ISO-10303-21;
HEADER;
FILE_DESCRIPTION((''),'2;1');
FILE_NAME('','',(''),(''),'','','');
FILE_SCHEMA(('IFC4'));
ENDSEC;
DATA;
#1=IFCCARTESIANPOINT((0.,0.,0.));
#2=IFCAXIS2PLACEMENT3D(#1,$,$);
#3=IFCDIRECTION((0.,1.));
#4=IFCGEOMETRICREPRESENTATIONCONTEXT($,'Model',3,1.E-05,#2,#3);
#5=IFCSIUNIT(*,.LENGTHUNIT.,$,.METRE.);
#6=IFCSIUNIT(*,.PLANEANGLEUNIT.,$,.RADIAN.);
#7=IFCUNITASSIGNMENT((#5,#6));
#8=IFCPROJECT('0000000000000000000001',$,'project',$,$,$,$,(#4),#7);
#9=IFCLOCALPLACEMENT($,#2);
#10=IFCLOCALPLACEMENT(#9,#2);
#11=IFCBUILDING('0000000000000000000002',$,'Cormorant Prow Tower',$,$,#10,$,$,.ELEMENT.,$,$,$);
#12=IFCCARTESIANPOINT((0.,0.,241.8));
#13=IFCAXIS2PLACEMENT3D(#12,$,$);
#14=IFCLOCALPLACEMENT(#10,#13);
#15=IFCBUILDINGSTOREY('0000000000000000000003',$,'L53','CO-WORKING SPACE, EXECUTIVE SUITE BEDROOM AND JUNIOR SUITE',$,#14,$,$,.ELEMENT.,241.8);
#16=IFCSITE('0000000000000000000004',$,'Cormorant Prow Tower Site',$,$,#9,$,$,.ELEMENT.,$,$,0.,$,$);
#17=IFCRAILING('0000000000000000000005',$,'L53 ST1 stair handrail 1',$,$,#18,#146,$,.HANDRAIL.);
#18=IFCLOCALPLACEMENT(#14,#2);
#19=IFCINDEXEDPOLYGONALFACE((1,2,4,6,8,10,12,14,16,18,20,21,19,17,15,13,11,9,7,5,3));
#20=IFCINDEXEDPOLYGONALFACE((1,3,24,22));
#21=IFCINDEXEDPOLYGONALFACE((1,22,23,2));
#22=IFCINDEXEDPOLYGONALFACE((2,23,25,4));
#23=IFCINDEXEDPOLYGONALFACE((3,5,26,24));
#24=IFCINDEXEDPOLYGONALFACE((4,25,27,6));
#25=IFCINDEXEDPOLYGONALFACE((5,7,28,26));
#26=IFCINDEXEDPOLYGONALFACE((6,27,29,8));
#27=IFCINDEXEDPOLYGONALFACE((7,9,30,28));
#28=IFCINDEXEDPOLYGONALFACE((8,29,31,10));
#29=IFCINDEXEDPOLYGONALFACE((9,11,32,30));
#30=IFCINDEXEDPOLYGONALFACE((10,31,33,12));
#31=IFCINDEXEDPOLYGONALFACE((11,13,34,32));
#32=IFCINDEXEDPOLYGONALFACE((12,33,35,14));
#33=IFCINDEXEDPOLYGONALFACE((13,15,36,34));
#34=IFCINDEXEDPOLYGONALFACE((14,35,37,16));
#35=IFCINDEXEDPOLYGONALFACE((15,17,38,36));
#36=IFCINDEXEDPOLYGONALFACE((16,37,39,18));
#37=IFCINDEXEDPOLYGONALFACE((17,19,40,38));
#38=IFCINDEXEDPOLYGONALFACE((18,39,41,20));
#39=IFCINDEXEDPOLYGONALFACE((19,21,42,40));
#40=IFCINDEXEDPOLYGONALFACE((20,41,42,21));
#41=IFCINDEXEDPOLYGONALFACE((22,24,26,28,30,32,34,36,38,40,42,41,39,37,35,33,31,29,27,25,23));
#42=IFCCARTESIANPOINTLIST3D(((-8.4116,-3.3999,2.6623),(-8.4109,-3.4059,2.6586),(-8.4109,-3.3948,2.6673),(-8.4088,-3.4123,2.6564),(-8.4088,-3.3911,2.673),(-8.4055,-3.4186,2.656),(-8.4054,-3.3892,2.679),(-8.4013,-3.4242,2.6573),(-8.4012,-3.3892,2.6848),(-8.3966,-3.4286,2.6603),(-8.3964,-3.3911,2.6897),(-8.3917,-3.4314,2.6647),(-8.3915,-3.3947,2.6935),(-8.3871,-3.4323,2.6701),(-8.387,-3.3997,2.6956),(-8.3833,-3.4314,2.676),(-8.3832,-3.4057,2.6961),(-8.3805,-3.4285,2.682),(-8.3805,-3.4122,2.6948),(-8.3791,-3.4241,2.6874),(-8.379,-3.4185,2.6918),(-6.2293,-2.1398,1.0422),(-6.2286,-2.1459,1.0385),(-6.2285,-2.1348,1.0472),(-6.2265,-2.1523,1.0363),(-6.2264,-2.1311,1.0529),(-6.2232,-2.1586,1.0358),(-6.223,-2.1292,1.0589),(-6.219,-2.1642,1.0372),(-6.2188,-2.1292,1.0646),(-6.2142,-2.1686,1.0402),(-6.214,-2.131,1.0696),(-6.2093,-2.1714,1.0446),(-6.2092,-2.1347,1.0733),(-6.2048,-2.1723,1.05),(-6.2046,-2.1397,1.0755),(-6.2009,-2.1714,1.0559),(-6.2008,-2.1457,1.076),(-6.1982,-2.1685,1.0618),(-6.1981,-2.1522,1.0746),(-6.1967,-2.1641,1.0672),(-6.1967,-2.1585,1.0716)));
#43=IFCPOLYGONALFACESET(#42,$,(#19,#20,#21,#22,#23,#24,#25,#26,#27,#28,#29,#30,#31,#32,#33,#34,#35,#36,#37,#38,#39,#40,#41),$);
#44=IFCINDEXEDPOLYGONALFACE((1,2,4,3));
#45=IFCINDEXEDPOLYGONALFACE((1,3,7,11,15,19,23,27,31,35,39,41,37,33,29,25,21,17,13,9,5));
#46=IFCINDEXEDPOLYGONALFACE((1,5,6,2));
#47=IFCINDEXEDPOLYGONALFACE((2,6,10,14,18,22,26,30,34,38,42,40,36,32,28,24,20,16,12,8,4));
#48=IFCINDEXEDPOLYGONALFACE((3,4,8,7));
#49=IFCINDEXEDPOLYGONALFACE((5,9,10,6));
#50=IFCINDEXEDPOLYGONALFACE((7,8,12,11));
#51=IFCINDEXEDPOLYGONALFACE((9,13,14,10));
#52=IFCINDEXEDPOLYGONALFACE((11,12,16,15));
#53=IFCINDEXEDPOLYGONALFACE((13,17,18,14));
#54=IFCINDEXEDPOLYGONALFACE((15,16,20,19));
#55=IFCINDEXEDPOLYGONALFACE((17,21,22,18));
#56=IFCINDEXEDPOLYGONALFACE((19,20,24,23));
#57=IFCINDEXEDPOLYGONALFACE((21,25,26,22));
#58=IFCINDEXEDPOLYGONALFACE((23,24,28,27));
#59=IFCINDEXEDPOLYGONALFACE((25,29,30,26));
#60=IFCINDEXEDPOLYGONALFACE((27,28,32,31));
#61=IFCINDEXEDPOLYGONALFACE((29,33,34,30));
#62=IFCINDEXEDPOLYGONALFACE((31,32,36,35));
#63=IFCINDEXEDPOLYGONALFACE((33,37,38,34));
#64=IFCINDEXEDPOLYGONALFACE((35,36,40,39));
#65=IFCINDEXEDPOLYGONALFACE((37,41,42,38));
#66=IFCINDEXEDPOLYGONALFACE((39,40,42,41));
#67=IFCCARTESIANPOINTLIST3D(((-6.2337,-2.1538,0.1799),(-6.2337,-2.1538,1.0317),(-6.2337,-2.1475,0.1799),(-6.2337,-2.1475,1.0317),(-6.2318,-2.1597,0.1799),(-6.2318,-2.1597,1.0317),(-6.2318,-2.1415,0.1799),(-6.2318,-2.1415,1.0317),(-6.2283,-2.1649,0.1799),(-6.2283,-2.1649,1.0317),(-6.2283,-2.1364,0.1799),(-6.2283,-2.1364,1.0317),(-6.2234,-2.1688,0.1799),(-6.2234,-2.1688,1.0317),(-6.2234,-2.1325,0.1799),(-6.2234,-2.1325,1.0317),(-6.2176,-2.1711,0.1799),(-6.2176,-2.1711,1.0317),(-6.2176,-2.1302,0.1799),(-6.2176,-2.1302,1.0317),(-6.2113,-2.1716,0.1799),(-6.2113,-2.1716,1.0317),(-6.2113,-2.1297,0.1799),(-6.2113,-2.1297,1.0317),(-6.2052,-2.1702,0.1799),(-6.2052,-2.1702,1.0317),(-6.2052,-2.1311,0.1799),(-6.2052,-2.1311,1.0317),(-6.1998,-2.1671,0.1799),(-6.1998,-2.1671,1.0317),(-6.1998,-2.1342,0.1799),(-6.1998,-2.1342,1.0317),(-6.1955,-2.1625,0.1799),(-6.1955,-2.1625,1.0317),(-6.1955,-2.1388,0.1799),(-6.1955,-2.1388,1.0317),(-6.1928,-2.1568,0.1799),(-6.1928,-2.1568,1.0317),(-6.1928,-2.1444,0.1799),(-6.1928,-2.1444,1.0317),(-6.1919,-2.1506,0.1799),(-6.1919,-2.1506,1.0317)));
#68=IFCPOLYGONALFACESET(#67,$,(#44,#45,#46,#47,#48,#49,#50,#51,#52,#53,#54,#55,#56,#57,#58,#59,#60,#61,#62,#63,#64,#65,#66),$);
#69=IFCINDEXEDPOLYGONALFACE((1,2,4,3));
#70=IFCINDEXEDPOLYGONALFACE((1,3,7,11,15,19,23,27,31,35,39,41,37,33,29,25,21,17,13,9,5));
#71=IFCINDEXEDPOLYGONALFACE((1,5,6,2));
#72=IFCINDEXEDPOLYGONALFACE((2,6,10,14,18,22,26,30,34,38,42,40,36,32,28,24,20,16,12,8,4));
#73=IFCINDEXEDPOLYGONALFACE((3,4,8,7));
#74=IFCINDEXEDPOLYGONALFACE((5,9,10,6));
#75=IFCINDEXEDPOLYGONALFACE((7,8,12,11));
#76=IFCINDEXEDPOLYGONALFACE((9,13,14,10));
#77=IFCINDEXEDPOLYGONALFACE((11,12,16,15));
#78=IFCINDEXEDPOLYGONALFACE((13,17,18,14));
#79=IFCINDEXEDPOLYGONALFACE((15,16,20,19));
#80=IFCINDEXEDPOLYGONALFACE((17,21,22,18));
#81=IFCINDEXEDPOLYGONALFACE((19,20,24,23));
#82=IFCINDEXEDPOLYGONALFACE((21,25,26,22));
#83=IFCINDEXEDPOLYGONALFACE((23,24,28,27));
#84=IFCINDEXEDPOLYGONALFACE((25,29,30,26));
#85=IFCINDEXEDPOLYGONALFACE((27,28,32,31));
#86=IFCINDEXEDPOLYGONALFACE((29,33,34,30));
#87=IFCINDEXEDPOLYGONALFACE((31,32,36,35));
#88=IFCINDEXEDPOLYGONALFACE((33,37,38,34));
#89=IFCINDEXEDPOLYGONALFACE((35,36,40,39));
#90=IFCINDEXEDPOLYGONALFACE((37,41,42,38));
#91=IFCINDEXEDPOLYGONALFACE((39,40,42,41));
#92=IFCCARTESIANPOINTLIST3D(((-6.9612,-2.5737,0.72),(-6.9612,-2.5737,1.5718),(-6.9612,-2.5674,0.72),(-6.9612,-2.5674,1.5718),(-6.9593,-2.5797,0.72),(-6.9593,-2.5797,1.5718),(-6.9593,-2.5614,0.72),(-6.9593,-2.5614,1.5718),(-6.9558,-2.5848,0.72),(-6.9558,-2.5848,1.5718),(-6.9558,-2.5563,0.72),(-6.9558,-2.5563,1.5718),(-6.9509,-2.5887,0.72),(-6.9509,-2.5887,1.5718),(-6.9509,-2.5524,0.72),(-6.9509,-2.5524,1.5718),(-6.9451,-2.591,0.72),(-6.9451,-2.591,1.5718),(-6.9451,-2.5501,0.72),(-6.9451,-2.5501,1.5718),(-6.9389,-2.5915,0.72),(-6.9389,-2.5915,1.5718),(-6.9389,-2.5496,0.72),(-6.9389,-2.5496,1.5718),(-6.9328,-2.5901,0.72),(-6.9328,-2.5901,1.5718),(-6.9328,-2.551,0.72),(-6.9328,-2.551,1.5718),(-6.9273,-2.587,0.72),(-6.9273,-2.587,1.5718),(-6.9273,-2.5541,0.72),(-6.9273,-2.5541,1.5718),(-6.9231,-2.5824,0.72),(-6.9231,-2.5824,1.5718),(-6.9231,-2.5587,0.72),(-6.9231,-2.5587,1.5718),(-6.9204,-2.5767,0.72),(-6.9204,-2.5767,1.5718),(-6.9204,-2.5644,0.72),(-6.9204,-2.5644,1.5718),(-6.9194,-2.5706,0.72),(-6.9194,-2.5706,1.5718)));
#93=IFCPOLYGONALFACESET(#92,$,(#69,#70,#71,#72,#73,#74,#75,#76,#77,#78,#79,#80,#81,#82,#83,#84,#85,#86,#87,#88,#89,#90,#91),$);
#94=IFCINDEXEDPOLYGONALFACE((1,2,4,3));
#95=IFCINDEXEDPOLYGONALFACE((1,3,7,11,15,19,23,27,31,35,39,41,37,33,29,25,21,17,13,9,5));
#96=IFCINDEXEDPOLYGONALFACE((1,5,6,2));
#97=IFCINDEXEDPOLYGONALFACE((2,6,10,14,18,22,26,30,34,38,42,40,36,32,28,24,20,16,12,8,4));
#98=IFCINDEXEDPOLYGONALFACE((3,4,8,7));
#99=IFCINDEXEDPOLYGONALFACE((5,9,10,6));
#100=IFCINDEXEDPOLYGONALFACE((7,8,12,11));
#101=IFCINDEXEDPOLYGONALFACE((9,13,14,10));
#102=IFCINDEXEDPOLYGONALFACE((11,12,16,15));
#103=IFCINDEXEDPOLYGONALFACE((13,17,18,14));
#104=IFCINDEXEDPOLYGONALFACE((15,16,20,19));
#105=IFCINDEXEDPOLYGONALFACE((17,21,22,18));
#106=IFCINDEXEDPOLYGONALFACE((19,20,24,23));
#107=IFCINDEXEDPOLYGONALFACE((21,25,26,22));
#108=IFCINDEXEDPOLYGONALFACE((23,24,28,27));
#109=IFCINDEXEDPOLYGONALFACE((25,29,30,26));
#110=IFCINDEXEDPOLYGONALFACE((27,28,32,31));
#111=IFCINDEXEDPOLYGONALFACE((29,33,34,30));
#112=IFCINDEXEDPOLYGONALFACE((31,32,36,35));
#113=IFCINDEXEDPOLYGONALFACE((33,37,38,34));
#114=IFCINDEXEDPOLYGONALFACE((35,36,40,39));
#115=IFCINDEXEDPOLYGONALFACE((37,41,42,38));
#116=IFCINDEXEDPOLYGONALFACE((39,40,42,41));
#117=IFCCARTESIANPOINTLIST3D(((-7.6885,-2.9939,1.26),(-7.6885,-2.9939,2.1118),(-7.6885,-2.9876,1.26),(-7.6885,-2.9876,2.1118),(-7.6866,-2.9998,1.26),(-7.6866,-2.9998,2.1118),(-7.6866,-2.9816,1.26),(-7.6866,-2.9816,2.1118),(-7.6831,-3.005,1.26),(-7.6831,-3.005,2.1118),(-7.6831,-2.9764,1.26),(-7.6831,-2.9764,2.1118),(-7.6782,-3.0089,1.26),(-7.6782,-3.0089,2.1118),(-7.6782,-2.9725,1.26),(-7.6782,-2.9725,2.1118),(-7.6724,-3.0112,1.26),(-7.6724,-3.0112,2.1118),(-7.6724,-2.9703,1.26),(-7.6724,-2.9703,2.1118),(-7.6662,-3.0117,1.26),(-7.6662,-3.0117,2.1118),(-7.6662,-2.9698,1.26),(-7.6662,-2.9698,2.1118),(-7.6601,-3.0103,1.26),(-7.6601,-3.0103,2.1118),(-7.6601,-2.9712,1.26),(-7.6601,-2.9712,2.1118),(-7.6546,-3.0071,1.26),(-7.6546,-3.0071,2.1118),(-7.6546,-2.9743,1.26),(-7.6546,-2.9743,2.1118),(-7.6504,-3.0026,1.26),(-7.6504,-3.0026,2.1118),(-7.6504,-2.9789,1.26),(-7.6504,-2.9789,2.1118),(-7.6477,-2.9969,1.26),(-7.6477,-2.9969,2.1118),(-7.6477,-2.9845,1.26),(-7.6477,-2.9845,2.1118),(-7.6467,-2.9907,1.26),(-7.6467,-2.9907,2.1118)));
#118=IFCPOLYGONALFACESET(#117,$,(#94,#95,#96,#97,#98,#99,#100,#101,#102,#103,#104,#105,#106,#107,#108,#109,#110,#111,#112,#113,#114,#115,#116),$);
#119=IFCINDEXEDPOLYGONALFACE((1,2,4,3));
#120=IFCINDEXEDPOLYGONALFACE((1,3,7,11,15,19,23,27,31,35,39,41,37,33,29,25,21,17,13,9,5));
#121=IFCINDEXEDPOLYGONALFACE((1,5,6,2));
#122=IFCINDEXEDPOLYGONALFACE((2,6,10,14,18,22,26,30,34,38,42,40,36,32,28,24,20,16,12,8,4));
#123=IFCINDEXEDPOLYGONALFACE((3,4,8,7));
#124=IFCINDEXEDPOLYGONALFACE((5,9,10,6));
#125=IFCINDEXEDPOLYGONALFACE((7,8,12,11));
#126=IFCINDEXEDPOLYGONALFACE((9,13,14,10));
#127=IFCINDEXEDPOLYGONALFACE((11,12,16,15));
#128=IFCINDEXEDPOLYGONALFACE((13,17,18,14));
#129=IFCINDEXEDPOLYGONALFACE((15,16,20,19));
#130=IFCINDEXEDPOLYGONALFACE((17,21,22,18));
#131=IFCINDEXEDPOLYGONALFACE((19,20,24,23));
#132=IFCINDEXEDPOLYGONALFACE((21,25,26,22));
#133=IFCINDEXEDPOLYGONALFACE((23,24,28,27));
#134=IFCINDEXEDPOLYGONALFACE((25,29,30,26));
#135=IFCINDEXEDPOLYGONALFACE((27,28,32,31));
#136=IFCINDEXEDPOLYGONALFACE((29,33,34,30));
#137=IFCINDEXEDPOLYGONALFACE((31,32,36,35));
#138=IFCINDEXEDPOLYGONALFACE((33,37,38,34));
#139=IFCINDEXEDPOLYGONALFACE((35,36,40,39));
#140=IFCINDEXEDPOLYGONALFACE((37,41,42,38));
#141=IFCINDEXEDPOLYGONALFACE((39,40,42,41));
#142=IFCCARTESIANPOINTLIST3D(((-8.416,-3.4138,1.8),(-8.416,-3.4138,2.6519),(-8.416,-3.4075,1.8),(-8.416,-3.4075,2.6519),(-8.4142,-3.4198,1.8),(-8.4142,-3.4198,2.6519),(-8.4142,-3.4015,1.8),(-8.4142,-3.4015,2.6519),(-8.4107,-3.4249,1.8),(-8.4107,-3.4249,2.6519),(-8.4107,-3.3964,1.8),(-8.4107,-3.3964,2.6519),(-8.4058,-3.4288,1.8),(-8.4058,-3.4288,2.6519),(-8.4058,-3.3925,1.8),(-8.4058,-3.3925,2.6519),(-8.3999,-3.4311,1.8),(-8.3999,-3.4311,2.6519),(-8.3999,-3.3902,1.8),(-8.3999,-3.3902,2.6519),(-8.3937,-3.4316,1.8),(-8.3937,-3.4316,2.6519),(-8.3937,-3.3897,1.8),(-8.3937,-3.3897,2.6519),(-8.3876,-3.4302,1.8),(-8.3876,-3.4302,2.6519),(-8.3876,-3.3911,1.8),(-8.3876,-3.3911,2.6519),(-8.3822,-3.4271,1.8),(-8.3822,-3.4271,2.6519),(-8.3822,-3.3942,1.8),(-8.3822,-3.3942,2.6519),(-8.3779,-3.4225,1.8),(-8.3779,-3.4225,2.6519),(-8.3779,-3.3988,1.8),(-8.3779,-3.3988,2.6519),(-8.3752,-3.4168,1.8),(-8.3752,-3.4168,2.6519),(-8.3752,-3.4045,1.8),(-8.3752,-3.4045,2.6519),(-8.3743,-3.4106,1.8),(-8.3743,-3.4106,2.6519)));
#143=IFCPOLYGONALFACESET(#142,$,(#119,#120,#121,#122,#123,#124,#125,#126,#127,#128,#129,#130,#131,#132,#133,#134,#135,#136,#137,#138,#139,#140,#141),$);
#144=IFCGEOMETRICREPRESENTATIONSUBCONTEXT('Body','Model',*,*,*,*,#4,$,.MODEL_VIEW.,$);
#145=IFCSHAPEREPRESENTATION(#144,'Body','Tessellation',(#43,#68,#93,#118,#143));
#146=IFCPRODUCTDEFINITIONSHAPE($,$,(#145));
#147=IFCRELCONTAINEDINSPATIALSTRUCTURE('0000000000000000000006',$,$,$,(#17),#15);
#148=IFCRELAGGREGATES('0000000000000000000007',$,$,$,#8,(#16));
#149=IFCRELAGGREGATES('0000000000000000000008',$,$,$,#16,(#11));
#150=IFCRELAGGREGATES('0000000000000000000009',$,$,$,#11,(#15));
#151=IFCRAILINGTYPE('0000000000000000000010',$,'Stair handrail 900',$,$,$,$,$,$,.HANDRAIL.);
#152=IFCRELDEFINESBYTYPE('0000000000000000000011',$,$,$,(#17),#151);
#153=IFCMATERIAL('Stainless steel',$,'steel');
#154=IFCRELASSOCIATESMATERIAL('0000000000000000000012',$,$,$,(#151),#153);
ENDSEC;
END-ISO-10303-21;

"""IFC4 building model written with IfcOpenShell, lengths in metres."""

from ifc_helpers import new_model, si_unit, direction, frame, origin, origin_2d, place, context, subcontext, project, spatial, circle, extrude, material, type_object, element, save


model = new_model("IFC4")

# Units and contexts
model_context = context("Model", 3, precision=1e-05, world=origin(), true_north=direction((0.0, 1.0)))
body_context = subcontext(model_context, "Body", "Model", "MODEL_VIEW")
ifc_project = project(units=[si_unit("LENGTHUNIT", "METRE"), si_unit("PLANEANGLEUNIT", "RADIAN")], contexts=[model_context])

# Site, building, storey
site_placement = place(None, origin())
site = spatial("IfcSite", under=ifc_project, at=site_placement, Name="Cormorant Prow Tower Site", CompositionType="ELEMENT", RefElevation=0.0)
building_placement = place(site_placement, origin())
building = spatial("IfcBuilding", under=site, at=building_placement, Name="Cormorant Prow Tower", CompositionType="ELEMENT")
storey_placement = place(building_placement, frame((0.0, 0.0, 241.8)))
storey = spatial("IfcBuildingStorey", under=building, at=storey_placement, Name="L53", Description="CO-WORKING SPACE, EXECUTIVE SUITE BEDROOM AND JUNIOR SUITE", CompositionType="ELEMENT", Elevation=241.8)

# Railing
ifc_material_1 = material(Name="Stainless steel", Category="steel")
railing_type = type_object("IfcRailingType", Name="Stair handrail 900", PredefinedType="HANDRAIL", material=ifc_material_1)
railing_placement = place(storey_placement, frame((-6.2129, -2.1506, 0.1799)))
element("IfcRailing", 1, at=railing_placement, inside=storey, type_object=railing_type, Name="L53 ST1 stair handrail 1", PredefinedType="HANDRAIL", context=body_context, shape_type="SweptSolid", body=[
    extrude(circle(Radius=0.0239, at=origin_2d()), frame((0.0, 0.0, 0.876), z_axis=(-0.728464, -0.420584, 0.540786), x_axis=(0.500005, -0.866023, 0.0)), (0.0, 0.0, 1.0), 2.9958),
    extrude(circle(Radius=0.021, at=origin_2d()), origin(), (0.0, 0.0, 1.0), 0.8518),
    extrude(circle(Radius=0.021, at=origin_2d()), frame((-0.7275, -0.4199, 0.54)), (0.0, 0.0, 1.0), 0.8518),
    extrude(circle(Radius=0.021, at=origin_2d()), frame((-1.4548, -0.8401, 1.0801)), (0.0, 0.0, 1.0), 0.8518),
    extrude(circle(Radius=0.021, at=origin_2d()), frame((-2.1824, -1.26, 1.6201)), (0.0, 0.0, 1.0), 0.8518),
])

save(model, "model.ifc")
